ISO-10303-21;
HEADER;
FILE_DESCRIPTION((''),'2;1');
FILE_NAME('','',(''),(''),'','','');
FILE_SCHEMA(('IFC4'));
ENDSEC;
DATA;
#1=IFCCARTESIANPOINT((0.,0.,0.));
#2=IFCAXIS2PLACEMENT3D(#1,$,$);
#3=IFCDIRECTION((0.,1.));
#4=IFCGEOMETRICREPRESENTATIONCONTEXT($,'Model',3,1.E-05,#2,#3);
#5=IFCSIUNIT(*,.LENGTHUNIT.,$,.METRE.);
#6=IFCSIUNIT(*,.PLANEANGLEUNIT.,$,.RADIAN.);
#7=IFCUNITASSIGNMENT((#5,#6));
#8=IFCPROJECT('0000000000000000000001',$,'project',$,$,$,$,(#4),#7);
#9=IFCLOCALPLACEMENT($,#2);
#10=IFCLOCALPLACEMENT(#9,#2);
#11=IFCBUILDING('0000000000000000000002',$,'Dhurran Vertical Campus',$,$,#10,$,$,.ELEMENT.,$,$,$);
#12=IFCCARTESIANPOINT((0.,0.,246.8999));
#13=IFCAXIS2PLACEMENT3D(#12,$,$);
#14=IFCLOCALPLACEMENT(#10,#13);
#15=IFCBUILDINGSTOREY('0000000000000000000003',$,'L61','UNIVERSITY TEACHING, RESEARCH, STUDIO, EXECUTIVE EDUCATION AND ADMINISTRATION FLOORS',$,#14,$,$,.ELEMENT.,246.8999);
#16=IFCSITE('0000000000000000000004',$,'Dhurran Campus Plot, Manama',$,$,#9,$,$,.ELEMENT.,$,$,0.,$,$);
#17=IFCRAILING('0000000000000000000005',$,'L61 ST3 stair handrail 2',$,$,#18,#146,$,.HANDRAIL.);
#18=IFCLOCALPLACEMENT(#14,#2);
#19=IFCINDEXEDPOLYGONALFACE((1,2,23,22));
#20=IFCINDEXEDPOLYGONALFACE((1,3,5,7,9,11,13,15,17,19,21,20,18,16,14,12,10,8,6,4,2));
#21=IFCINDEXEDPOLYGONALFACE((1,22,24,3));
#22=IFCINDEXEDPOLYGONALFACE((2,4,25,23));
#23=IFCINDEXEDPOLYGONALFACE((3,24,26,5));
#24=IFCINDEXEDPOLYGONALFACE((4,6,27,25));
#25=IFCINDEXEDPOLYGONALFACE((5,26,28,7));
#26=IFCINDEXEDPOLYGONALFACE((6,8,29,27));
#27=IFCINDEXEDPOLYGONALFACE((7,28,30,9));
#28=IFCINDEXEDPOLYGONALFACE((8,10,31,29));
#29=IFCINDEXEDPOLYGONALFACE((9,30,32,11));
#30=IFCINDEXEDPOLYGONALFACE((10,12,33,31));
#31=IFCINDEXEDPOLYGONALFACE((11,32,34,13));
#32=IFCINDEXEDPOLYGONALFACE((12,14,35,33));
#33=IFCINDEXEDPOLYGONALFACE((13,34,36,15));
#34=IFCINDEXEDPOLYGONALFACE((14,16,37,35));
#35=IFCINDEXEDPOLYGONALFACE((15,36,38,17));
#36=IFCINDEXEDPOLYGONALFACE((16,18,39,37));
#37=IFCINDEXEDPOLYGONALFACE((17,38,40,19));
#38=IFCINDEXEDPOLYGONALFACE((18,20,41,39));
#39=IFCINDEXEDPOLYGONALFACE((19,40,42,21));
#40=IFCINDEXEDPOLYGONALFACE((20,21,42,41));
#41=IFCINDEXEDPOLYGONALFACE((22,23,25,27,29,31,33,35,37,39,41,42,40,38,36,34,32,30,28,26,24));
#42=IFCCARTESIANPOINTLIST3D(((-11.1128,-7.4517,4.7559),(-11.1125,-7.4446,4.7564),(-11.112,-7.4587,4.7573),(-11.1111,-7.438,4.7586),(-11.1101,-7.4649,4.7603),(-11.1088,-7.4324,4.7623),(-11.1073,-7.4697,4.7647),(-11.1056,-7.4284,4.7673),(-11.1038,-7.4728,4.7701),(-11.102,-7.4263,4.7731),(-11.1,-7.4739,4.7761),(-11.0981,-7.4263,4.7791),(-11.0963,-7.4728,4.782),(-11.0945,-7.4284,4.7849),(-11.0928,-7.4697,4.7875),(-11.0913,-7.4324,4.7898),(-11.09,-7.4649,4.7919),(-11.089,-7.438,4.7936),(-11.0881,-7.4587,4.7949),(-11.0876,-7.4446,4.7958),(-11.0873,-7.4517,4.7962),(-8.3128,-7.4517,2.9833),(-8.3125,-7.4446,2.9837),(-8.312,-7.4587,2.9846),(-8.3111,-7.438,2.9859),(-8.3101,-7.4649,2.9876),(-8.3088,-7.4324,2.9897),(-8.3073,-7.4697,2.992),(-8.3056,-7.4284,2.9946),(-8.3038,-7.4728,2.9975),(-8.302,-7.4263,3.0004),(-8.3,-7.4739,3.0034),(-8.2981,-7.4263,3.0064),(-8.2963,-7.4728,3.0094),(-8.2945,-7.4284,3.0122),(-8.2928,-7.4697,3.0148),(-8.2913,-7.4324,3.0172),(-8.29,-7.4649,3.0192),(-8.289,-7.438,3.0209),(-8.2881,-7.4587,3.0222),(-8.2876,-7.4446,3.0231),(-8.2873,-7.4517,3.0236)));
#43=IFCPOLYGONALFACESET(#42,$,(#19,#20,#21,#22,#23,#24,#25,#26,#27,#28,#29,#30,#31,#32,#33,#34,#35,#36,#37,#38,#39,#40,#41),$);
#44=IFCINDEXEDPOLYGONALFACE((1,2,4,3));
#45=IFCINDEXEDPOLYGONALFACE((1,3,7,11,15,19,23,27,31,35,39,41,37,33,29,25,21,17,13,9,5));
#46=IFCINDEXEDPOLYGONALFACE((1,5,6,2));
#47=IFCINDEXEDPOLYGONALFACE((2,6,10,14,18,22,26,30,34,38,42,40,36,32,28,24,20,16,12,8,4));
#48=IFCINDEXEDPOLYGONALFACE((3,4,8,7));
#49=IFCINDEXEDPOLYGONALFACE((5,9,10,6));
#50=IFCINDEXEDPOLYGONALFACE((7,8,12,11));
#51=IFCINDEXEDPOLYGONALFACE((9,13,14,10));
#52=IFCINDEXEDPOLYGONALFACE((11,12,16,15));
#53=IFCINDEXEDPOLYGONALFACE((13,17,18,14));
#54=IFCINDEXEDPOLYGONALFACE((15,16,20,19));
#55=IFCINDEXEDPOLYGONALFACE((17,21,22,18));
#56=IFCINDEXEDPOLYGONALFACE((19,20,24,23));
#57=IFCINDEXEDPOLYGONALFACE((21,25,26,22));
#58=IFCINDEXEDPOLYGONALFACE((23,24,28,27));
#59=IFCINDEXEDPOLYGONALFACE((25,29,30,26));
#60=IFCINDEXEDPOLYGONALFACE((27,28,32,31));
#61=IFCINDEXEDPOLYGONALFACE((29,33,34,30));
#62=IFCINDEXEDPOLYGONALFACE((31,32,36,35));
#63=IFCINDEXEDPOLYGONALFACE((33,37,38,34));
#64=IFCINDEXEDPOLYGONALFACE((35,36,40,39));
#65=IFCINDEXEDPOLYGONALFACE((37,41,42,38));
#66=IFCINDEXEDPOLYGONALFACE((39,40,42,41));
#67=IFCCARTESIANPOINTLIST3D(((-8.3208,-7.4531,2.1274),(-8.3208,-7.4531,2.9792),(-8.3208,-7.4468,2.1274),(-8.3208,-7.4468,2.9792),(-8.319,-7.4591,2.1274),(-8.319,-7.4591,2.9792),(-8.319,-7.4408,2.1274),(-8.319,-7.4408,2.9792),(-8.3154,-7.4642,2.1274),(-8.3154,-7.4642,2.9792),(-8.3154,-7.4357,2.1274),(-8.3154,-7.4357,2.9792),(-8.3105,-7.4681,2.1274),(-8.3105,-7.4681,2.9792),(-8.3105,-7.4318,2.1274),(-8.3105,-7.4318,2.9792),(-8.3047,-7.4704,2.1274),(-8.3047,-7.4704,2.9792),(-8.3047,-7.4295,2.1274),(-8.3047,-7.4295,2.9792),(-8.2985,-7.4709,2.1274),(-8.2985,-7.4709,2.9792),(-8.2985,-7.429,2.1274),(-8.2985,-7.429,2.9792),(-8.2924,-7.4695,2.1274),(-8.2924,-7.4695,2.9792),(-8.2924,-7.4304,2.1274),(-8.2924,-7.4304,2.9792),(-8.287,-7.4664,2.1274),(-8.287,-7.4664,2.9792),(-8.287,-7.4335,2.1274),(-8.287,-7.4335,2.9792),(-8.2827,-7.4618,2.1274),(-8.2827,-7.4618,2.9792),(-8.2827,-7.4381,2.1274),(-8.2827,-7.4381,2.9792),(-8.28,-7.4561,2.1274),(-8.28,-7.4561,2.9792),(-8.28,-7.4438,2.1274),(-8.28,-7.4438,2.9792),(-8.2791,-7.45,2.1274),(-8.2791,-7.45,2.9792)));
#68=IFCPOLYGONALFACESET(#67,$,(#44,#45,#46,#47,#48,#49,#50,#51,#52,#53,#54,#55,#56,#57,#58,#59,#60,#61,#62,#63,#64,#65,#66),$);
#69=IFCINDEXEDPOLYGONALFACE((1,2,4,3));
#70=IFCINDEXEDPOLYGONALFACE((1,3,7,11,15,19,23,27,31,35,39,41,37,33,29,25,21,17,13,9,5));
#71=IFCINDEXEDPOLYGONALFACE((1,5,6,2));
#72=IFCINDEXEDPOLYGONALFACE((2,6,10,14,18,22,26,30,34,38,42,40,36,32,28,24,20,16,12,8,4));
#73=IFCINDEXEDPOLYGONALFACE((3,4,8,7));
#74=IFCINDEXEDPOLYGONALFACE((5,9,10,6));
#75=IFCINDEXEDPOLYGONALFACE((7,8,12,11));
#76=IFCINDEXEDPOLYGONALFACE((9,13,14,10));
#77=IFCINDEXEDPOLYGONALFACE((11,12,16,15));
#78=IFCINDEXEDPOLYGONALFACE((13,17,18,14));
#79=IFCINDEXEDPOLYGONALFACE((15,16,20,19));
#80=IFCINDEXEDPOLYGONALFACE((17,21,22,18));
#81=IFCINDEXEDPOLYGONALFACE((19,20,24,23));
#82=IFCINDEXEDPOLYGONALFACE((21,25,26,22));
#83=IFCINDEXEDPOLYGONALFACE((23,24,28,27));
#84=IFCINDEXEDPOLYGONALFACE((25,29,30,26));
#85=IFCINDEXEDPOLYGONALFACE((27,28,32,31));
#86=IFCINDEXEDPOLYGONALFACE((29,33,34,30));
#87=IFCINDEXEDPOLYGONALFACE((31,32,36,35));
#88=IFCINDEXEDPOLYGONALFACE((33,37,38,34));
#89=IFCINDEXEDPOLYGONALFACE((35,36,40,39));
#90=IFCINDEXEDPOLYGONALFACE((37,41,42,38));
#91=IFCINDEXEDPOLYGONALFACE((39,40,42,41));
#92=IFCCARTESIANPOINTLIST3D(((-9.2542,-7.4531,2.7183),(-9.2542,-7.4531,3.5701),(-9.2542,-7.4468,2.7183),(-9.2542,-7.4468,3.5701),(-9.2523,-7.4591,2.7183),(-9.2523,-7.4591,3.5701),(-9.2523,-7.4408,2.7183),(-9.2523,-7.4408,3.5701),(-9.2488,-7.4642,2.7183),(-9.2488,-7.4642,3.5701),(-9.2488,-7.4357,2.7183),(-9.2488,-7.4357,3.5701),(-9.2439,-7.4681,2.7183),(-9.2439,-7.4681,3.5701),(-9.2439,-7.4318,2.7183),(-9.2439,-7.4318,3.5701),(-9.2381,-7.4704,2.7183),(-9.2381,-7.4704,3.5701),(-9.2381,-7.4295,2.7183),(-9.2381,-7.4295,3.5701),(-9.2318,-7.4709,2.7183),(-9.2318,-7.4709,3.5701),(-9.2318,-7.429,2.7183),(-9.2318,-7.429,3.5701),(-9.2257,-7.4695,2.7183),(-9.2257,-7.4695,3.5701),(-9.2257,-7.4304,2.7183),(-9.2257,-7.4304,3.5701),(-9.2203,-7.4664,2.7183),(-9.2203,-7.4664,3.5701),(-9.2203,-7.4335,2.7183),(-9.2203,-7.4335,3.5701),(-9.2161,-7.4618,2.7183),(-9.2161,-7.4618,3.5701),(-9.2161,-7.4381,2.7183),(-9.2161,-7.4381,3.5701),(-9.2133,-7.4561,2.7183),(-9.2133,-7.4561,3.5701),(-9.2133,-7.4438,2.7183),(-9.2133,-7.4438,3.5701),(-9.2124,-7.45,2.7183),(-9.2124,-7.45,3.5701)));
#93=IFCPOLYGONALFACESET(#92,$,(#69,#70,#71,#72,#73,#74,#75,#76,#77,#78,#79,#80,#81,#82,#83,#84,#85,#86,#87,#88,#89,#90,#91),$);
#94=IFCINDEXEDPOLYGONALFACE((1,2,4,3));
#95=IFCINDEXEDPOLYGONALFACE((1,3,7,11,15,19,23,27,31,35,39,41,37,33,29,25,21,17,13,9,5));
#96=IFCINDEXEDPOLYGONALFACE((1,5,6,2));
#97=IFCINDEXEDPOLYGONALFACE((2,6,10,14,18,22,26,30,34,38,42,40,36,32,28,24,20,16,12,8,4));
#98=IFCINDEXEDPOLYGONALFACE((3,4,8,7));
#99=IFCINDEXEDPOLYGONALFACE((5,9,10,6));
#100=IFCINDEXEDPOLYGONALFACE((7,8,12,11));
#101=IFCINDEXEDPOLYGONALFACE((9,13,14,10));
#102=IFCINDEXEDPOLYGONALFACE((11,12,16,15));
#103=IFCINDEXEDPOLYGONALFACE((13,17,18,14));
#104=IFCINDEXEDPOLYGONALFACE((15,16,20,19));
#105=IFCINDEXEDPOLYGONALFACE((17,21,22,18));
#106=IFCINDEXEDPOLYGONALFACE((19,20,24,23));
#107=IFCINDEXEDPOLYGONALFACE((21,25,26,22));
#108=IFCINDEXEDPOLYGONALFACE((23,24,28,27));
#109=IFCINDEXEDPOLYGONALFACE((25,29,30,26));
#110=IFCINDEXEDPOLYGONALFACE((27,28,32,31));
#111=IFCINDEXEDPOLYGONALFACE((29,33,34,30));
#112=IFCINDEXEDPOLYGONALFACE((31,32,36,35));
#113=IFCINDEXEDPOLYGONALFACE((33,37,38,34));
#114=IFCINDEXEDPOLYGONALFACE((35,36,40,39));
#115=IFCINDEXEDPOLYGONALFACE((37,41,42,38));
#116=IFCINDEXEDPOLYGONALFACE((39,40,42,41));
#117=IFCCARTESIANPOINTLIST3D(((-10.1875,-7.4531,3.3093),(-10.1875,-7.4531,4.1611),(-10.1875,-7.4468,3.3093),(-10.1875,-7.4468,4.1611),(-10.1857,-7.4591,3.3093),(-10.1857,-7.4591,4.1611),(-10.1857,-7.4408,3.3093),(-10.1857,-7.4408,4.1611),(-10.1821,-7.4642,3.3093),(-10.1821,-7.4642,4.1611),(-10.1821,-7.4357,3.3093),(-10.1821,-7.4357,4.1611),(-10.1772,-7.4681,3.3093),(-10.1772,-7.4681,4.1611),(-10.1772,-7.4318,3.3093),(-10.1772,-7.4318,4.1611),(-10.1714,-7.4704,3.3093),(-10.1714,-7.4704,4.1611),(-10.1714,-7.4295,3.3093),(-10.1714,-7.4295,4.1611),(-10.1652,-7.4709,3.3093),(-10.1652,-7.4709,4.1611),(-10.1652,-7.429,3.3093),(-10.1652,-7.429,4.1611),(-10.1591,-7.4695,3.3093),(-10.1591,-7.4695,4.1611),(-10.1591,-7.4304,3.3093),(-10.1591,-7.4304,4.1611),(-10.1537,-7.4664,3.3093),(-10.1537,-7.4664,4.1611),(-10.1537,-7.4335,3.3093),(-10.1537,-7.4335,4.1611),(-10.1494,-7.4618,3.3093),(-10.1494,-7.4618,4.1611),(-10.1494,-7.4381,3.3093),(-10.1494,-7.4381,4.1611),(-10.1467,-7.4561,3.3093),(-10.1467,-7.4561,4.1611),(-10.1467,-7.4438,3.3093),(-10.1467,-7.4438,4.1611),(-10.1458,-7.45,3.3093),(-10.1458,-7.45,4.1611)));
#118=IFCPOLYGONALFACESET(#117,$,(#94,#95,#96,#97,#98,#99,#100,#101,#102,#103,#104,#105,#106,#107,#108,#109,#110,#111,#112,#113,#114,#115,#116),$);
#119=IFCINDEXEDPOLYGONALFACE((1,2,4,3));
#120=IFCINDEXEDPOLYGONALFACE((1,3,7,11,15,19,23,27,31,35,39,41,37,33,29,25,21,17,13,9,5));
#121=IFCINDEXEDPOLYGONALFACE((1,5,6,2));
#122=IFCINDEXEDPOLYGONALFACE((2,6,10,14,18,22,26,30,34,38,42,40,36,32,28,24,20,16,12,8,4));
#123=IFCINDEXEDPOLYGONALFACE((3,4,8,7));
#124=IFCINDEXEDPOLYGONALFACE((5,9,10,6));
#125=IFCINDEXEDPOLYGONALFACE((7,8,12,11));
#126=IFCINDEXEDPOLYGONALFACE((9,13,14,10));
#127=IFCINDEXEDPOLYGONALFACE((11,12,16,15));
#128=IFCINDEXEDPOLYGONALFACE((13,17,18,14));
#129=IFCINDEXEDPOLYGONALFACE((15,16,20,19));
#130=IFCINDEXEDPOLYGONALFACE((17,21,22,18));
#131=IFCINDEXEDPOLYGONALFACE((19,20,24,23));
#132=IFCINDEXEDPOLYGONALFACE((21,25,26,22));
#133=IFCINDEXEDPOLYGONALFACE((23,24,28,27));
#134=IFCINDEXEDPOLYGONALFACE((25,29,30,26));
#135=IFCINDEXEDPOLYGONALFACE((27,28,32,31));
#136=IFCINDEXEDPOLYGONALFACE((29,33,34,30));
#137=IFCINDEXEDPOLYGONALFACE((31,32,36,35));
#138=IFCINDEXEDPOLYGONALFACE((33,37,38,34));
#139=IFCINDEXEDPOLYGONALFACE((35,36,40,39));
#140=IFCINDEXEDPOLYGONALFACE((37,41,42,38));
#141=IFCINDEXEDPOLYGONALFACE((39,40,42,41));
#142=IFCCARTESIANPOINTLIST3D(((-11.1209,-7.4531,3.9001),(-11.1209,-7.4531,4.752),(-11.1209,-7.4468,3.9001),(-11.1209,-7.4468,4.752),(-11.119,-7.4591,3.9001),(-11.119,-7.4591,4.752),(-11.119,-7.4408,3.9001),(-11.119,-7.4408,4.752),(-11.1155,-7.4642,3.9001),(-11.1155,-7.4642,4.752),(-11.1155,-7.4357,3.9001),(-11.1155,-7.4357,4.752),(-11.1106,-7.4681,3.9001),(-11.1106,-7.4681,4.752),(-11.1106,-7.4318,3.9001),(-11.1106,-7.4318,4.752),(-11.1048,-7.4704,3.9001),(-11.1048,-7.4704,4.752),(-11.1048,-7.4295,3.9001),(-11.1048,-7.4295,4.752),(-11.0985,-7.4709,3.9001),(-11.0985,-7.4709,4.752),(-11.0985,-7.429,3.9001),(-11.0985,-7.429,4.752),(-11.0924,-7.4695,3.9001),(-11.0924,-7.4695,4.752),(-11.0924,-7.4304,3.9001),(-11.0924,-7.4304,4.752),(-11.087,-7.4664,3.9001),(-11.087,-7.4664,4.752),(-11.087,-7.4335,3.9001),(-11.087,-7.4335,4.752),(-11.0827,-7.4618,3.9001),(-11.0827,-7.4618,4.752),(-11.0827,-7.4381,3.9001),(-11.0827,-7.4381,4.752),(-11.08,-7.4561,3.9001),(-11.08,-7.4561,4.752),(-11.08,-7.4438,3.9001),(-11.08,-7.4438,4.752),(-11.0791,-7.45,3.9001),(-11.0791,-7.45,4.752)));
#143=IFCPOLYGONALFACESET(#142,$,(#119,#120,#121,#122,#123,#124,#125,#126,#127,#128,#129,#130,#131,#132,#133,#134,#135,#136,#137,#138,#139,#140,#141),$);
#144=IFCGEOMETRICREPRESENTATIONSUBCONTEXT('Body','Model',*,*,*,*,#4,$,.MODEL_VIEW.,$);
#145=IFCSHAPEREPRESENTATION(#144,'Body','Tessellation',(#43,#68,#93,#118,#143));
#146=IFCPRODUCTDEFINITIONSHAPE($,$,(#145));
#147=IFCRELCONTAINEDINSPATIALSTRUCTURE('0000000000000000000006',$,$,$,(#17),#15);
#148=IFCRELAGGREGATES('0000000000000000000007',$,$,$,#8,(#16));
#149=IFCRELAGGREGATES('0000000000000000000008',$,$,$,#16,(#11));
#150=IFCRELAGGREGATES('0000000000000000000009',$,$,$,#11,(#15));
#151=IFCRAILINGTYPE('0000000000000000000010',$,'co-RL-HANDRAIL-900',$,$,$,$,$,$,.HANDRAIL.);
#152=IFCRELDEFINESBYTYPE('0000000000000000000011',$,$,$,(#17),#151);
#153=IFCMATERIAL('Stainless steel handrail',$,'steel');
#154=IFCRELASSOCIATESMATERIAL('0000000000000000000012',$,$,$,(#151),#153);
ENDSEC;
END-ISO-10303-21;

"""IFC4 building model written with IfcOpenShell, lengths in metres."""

from ifc_helpers import new_model, si_unit, direction, frame, origin, origin_2d, place, context, subcontext, project, spatial, circle, extrude, material, type_object, element, save


model = new_model("IFC4")

# Units and contexts
model_context = context("Model", 3, precision=1e-05, world=origin(), true_north=direction((0.0, 1.0)))
body_context = subcontext(model_context, "Body", "Model", "MODEL_VIEW")
ifc_project = project(units=[si_unit("LENGTHUNIT", "METRE"), si_unit("PLANEANGLEUNIT", "RADIAN")], contexts=[model_context])

# Site, building, storey
site_placement = place(None, origin())
site = spatial("IfcSite", under=ifc_project, at=site_placement, Name="Dhurran Campus Plot, Manama", CompositionType="ELEMENT", RefElevation=0.0)
building_placement = place(site_placement, origin())
building = spatial("IfcBuilding", under=site, at=building_placement, Name="Dhurran Vertical Campus", CompositionType="ELEMENT")
storey_placement = place(building_placement, frame((0.0, 0.0, 246.8999)))
storey = spatial("IfcBuildingStorey", under=building, at=storey_placement, Name="L61", Description="UNIVERSITY TEACHING, RESEARCH, STUDIO, EXECUTIVE EDUCATION AND ADMINISTRATION FLOORS", CompositionType="ELEMENT", Elevation=246.8999)

# Railing
ifc_material_1 = material(Name="Stainless steel handrail", Category="steel")
railing_type_1 = type_object("IfcRailingType", Name="co-RL-HANDRAIL-900", PredefinedType="HANDRAIL", material=ifc_material_1)
railing_1_placement = place(storey_placement, frame((-8.3, -7.45, 2.1274)))
element("IfcRailing", 1, at=railing_1_placement, inside=storey, type_object=railing_type_1, Name="L61 ST3 stair handrail 2", PredefinedType="HANDRAIL", context=body_context, shape_type="SweptSolid", body=[
    extrude(circle(Radius=0.0239, at=origin_2d()), frame((0.0, 0.0, 0.876), z_axis=(-0.844909, 0.0, 0.53491), x_axis=(0.0, -1.0, 0.0)), (0.0, 0.0, 1.0), 3.314),
    extrude(circle(Radius=0.021, at=origin_2d()), origin(), (0.0, 0.0, 1.0), 0.8518),
    extrude(circle(Radius=0.021, at=origin_2d()), frame((-0.9333, 0.0, 0.5908)), (0.0, 0.0, 1.0), 0.8518),
    extrude(circle(Radius=0.021, at=origin_2d()), frame((-1.8667, 0.0, 1.1819)), (0.0, 0.0, 1.0), 0.8518),
    extrude(circle(Radius=0.021, at=origin_2d()), frame((-2.8, 0.0, 1.7727)), (0.0, 0.0, 1.0), 0.8518),
])

save(model, "model.ifc")
